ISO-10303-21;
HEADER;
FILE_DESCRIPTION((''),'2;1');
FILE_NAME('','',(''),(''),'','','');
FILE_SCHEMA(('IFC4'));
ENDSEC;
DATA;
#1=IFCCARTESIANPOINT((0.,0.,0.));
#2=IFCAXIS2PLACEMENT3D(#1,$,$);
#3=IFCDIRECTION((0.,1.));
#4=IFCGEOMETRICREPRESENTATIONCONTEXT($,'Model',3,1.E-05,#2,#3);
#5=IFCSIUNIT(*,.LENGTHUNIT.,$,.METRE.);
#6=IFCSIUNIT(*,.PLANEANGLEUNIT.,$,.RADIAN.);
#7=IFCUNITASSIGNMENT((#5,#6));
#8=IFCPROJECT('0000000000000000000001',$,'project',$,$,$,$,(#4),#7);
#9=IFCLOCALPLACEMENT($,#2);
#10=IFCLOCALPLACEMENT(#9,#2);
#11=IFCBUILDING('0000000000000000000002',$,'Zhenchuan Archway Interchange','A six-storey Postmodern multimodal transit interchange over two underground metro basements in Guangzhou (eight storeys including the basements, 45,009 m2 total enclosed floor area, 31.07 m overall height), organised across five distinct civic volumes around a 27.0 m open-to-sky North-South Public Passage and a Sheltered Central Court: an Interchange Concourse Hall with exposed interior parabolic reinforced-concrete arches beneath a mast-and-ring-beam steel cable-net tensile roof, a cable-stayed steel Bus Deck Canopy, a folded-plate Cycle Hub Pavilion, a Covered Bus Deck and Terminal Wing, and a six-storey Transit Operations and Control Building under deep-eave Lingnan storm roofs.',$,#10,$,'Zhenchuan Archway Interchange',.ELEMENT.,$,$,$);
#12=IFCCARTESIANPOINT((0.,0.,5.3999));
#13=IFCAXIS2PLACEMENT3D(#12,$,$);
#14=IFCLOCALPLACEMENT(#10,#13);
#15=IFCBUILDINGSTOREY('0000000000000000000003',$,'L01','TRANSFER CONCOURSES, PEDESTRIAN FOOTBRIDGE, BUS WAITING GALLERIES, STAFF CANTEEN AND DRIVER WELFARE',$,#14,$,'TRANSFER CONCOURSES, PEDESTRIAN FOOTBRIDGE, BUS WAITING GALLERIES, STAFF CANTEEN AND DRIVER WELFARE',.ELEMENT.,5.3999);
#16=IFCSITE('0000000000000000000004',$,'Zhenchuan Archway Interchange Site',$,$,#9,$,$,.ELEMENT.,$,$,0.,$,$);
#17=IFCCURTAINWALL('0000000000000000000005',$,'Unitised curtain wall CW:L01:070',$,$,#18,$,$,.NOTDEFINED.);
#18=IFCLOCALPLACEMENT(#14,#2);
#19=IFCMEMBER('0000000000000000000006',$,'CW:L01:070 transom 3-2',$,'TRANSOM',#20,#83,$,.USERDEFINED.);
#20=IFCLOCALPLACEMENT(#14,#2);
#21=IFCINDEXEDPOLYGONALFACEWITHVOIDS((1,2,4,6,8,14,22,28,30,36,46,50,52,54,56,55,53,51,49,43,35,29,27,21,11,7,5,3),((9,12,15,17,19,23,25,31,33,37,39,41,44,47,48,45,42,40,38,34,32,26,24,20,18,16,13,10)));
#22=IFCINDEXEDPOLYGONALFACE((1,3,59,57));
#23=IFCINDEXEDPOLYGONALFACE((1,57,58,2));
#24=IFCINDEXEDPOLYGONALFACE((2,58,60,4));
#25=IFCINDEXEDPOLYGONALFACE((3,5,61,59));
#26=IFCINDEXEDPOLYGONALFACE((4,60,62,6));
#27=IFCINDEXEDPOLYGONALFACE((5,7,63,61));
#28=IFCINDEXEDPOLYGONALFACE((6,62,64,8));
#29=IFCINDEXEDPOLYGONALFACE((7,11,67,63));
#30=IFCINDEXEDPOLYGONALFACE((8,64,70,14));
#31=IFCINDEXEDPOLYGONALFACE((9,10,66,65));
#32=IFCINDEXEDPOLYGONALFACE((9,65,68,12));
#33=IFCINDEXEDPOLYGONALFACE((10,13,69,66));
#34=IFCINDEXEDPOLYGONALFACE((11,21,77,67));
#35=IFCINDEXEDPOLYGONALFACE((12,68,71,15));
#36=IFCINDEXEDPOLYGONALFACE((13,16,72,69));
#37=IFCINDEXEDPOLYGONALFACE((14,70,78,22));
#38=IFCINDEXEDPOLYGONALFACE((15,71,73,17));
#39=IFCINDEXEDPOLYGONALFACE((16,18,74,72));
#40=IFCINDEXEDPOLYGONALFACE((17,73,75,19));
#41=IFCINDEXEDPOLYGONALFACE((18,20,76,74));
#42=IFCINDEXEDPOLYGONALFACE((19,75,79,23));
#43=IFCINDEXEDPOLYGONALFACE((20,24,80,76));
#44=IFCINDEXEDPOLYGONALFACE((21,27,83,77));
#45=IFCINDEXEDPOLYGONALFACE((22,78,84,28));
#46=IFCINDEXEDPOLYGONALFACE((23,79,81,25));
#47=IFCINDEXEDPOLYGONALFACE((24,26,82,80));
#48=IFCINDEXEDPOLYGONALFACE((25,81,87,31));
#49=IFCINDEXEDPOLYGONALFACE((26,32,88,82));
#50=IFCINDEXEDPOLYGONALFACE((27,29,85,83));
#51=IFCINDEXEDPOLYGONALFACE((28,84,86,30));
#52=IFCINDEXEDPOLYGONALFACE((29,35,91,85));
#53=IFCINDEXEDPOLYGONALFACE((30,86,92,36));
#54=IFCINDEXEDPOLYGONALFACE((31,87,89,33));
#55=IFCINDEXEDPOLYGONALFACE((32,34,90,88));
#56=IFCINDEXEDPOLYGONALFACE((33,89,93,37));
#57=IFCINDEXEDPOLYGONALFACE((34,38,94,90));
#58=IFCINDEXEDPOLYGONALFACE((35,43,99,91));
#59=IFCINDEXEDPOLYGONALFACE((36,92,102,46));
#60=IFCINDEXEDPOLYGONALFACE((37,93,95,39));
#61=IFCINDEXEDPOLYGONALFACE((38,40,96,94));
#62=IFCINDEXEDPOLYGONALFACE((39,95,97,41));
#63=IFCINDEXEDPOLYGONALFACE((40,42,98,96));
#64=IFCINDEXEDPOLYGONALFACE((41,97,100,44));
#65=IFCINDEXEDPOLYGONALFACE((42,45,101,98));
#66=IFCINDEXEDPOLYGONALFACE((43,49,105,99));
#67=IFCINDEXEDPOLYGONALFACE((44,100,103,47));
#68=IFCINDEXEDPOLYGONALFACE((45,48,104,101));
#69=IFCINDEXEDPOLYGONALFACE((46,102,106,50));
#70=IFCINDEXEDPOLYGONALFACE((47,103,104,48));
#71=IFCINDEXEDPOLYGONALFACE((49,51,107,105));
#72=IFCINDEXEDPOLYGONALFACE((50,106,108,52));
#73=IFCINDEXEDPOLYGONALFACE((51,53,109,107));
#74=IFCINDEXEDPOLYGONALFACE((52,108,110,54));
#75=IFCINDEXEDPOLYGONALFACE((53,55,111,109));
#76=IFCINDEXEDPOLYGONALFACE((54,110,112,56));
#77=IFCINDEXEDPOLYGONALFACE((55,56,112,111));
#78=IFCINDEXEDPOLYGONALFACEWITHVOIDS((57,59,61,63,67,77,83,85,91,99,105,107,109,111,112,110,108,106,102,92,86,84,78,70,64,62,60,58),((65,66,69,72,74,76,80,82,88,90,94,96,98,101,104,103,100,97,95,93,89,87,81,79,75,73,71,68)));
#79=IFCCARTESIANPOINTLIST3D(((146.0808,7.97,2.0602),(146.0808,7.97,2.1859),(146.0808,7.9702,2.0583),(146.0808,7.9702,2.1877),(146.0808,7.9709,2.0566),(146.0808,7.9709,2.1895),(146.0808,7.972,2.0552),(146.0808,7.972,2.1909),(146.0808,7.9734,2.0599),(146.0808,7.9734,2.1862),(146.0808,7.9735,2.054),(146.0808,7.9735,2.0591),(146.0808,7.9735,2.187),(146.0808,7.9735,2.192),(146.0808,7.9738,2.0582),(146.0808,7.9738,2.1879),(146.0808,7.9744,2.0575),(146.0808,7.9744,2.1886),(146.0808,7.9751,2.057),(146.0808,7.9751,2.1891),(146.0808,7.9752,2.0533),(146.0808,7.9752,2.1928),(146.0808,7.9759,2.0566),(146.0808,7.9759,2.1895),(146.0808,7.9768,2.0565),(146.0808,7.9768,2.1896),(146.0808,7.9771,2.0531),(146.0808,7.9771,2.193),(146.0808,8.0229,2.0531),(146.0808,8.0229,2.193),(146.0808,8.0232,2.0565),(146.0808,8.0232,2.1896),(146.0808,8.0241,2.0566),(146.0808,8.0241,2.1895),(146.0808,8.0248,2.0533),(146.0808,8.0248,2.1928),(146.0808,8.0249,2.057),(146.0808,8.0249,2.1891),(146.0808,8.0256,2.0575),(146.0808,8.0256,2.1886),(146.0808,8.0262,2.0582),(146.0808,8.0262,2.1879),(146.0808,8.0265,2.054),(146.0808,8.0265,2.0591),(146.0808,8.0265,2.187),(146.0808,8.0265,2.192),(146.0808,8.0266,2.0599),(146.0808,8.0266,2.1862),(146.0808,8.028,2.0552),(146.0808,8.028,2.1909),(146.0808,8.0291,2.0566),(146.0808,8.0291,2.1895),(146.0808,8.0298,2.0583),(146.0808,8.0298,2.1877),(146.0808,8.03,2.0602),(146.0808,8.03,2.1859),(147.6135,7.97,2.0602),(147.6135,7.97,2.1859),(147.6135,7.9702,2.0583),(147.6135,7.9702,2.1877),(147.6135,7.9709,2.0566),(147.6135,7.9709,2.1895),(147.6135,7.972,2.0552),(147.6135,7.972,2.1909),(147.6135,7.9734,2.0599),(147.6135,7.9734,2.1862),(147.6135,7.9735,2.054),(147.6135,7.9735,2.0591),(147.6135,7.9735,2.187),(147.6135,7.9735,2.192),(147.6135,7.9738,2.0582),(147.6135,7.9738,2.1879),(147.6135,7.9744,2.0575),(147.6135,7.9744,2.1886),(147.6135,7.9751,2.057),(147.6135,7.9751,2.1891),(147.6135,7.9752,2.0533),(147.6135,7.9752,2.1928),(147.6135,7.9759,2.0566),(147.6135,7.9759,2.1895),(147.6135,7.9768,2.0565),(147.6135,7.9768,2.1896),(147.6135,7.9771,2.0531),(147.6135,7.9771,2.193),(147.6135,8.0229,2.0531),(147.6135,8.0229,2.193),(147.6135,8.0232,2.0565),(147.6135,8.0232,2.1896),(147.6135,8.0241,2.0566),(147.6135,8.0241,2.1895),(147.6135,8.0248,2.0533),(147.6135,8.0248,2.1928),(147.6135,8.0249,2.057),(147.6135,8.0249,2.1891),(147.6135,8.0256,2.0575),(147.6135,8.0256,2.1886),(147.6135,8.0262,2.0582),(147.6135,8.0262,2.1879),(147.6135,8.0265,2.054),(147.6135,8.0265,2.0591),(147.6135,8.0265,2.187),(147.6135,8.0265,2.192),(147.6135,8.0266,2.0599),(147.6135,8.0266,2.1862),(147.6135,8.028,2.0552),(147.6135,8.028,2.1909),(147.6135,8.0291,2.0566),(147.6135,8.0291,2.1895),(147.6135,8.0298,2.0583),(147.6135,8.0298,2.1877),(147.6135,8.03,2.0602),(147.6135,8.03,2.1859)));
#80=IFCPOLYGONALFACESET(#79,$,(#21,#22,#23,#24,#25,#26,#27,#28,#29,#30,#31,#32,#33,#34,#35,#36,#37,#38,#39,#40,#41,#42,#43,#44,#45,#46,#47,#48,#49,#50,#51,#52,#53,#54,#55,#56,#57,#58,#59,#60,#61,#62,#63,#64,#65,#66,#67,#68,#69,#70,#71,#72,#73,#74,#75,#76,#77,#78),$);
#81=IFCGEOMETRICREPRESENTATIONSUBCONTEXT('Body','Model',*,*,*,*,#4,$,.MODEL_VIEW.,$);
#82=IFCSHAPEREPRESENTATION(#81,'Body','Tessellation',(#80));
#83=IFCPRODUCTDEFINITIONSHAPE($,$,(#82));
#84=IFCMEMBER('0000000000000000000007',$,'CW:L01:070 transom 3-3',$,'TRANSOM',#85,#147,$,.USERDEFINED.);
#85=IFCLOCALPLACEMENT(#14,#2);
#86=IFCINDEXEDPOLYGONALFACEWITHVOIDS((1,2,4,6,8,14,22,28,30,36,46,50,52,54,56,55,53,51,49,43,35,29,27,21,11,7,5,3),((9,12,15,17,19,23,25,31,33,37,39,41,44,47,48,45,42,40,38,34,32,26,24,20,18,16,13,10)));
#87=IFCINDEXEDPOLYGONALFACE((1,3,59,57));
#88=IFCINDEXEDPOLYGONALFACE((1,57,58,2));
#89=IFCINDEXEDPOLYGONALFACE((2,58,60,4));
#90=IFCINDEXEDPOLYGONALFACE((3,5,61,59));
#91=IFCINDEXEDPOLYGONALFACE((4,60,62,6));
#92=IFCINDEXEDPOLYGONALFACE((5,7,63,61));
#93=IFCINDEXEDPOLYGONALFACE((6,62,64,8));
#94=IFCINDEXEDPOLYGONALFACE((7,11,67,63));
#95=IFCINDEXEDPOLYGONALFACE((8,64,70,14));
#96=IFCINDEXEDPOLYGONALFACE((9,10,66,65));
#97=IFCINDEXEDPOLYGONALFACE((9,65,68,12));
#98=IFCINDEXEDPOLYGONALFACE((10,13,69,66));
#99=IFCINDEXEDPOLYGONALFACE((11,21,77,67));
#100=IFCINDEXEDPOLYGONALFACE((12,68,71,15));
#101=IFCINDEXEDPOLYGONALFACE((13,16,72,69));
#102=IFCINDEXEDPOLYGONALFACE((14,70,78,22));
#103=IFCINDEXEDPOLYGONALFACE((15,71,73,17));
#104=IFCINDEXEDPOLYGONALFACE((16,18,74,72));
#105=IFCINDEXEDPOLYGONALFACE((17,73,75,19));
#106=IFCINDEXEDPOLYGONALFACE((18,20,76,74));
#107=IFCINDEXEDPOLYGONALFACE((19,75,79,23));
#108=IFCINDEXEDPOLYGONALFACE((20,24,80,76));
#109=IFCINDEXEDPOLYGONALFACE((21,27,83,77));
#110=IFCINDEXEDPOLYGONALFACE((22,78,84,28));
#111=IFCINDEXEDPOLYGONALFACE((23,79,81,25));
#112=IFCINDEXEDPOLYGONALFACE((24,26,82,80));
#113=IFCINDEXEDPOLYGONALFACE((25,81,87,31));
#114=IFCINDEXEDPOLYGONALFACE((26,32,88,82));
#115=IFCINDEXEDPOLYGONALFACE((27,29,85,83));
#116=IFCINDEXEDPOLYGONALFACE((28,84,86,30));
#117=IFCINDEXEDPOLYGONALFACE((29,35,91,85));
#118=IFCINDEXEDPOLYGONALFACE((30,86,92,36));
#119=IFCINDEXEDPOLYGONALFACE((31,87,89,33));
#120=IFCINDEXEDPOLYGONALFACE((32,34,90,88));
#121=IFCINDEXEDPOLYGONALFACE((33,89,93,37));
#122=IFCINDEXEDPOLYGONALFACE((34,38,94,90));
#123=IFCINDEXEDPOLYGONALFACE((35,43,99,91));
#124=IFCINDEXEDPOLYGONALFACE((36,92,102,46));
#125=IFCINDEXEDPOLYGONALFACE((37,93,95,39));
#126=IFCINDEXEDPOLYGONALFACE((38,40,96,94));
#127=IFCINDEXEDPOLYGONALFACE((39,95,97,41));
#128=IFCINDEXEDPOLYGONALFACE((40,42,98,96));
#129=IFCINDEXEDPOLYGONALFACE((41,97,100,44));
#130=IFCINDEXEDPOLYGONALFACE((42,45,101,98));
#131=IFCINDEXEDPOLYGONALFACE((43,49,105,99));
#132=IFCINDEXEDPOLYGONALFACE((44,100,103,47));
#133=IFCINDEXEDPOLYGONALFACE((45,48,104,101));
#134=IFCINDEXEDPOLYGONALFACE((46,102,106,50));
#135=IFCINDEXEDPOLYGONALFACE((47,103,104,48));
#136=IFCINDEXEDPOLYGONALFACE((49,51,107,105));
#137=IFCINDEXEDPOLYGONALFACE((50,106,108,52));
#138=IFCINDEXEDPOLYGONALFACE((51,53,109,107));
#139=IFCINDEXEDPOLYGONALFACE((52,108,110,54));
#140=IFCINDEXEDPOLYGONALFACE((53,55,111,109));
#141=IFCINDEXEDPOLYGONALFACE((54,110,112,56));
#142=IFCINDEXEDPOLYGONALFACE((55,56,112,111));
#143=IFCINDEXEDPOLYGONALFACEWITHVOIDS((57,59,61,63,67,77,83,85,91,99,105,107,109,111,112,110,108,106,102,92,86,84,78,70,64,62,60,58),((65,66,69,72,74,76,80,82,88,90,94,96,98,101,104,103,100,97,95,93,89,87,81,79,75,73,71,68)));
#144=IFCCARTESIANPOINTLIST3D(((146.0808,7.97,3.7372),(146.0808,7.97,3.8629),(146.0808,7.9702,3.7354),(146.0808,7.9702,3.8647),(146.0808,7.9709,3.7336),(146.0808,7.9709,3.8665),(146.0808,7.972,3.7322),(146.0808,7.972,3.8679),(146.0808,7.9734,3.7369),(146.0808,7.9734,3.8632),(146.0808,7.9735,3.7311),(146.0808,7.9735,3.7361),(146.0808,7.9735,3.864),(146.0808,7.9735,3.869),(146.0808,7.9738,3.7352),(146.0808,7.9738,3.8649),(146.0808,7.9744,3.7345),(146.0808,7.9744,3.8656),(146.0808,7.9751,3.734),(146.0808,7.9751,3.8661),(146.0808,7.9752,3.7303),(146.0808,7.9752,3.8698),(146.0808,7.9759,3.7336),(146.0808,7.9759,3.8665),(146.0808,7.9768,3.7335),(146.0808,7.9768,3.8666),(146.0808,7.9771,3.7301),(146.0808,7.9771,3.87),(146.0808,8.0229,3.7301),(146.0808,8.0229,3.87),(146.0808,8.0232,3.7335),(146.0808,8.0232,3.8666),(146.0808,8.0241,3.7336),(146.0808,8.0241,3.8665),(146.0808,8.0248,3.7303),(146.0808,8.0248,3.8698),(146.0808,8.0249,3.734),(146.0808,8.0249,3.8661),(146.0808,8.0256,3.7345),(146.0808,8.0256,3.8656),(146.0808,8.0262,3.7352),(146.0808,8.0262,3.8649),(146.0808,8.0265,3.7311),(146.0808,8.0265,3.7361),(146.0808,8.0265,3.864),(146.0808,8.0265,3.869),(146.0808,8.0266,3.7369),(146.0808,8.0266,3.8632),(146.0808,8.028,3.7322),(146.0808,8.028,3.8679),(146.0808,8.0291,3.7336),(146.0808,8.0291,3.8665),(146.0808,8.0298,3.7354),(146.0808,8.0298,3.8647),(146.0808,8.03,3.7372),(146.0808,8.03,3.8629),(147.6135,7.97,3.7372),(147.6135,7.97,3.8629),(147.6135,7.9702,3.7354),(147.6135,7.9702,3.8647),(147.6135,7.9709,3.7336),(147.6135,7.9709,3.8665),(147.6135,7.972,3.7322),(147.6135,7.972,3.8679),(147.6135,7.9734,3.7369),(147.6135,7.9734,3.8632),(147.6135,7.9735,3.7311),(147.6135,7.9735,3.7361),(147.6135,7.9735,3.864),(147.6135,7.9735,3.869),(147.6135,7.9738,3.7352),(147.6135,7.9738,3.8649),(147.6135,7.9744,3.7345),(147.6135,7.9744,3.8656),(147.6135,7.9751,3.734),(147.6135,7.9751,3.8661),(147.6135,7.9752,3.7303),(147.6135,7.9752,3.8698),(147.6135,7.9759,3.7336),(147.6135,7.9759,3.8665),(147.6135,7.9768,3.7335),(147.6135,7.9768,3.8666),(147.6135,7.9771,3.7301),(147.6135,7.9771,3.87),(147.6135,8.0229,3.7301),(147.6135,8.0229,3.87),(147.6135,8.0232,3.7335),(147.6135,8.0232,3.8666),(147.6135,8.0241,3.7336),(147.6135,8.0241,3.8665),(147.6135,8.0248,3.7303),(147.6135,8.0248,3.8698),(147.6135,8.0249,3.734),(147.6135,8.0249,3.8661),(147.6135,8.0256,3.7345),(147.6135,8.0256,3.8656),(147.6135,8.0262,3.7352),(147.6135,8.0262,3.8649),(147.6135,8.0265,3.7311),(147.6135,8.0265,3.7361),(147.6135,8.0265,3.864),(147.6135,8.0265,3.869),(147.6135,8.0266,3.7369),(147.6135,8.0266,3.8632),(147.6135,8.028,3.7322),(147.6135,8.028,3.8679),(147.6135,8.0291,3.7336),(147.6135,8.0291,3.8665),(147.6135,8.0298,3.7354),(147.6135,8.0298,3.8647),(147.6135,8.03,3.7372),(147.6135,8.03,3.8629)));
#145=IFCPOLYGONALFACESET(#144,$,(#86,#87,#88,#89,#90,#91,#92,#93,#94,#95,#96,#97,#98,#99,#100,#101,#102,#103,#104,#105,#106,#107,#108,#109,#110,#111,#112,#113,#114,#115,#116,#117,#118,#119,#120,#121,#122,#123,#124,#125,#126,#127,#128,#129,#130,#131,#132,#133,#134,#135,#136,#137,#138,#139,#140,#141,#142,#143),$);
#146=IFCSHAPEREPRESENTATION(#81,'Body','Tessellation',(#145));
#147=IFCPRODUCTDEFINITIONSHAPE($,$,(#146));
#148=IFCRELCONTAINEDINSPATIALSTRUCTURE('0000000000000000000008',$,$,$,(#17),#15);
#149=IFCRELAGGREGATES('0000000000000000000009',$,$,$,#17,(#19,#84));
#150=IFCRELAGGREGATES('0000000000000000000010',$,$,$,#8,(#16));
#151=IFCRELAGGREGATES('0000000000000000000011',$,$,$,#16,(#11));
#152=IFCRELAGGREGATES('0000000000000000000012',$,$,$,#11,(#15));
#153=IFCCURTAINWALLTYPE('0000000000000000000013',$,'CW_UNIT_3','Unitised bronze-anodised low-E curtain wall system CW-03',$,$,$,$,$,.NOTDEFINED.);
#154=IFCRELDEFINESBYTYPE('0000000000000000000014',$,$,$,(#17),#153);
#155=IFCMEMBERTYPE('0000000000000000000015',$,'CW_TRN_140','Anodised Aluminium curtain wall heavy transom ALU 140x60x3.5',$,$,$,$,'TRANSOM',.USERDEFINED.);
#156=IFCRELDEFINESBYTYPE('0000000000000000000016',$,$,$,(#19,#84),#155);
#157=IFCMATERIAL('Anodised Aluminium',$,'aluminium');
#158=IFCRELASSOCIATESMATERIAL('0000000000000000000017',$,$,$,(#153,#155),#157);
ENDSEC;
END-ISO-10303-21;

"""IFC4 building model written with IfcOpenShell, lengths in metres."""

from ifc_helpers import new_model, si_unit, direction, frame, origin, origin_2d, place, context, subcontext, project, spatial, hollow_rectangle, extrude, material, material_profile, profile_set, type_object, element, aggregate, save


model = new_model("IFC4")

# Units and contexts
model_context = context("Model", 3, precision=1e-05, world=origin(), true_north=direction((0.0, 1.0)))
body_context = subcontext(model_context, "Body", "Model", "MODEL_VIEW")
ifc_project = project(units=[si_unit("LENGTHUNIT", "METRE"), si_unit("PLANEANGLEUNIT", "RADIAN")], contexts=[model_context])

# Site, building, storey
site_placement = place(None, origin())
site = spatial("IfcSite", under=ifc_project, at=site_placement, Name="Zhenchuan Archway Interchange Site", CompositionType="ELEMENT", RefElevation=0.0)
building_placement = place(site_placement, origin())
building = spatial("IfcBuilding", under=site, at=building_placement, Name="Zhenchuan Archway Interchange", Description="A six-storey Postmodern multimodal transit interchange over two underground metro basements in Guangzhou (eight storeys including the basements, 45,009 m2 total enclosed floor area, 31.07 m overall height), organised across five distinct civic volumes around a 27.0 m open-to-sky North-South Public Passage and a Sheltered Central Court: an Interchange Concourse Hall with exposed interior parabolic reinforced-concrete arches beneath a mast-and-ring-beam steel cable-net tensile roof, a cable-stayed steel Bus Deck Canopy, a folded-plate Cycle Hub Pavilion, a Covered Bus Deck and Terminal Wing, and a six-storey Transit Operations and Control Building under deep-eave Lingnan storm roofs.", LongName="Zhenchuan Archway Interchange", CompositionType="ELEMENT")
storey_placement = place(building_placement, frame((0.0, 0.0, 5.3999)))
storey = spatial("IfcBuildingStorey", under=building, at=storey_placement, Name="L01", Description="TRANSFER CONCOURSES, PEDESTRIAN FOOTBRIDGE, BUS WAITING GALLERIES, STAFF CANTEEN AND DRIVER WELFARE", LongName="TRANSFER CONCOURSES, PEDESTRIAN FOOTBRIDGE, BUS WAITING GALLERIES, STAFF CANTEEN AND DRIVER WELFARE", CompositionType="ELEMENT", Elevation=5.3999)

# Curtain wall, members
ifc_material_1 = material(Name="Anodised Aluminium", Category="aluminium")
curtain_wall_type = type_object("IfcCurtainWallType", Name="CW_UNIT_3", Description="Unitised bronze-anodised low-E curtain wall system CW-03", PredefinedType="NOTDEFINED", material=ifc_material_1)
curtain_wall_placement = place(storey_placement, origin())
curtain_wall = element("IfcCurtainWall", 1, at=curtain_wall_placement, inside=storey, type_object=curtain_wall_type, Name="Unitised curtain wall CW:L01:070", PredefinedType="NOTDEFINED")
ifc_material_profile_1 = material_profile(ifc_material_1, hollow_rectangle(XDim=0.0601, YDim=0.1399, WallThickness=0.0034, InnerFilletRadius=0.0034, OuterFilletRadius=0.0071, at=origin_2d()), Name="ALU 140x60x3.5")
ifc_profile_set_1 = profile_set([ifc_material_profile_1], Name="Anodised Aluminium")
member_type_1 = type_object("IfcMemberType", Name="CW_TRN_140", Description="Anodised Aluminium curtain wall heavy transom ALU 140x60x3.5", ElementType="TRANSOM", PredefinedType="USERDEFINED", material=ifc_profile_set_1)
member_1_placement = place(storey_placement, frame((147.6135, 8.0, 2.123), z_axis=(-1.0, 0.0, 0.0), x_axis=(0.0, -1.0, 0.0)))
member_1 = element("IfcMember", 2, at=member_1_placement, type_object=member_type_1, Name="CW:L01:070 transom 3-2", ObjectType="TRANSOM", PredefinedType="USERDEFINED", context=body_context, shape_type="SweptSolid", body=[
    extrude(hollow_rectangle(XDim=0.0601, YDim=0.1399, WallThickness=0.0034, InnerFilletRadius=0.0034, OuterFilletRadius=0.0071, at=origin_2d()), origin(), (0.0, 0.0, 1.0), 1.5327),
])
member_2_placement = place(storey_placement, frame((147.6135, 8.0, 3.8), z_axis=(-1.0, 0.0, 0.0), x_axis=(0.0, -1.0, 0.0)))
member_2 = element("IfcMember", 3, at=member_2_placement, type_object=member_type_1, Name="CW:L01:070 transom 3-3", ObjectType="TRANSOM", PredefinedType="USERDEFINED", context=body_context, shape_type="SweptSolid", body=[
    extrude(hollow_rectangle(XDim=0.0601, YDim=0.1399, WallThickness=0.0034, InnerFilletRadius=0.0034, OuterFilletRadius=0.0071, at=origin_2d()), origin(), (0.0, 0.0, 1.0), 1.5327),
])

aggregate(curtain_wall, [member_1, member_2])

save(model, "model.ifc")
